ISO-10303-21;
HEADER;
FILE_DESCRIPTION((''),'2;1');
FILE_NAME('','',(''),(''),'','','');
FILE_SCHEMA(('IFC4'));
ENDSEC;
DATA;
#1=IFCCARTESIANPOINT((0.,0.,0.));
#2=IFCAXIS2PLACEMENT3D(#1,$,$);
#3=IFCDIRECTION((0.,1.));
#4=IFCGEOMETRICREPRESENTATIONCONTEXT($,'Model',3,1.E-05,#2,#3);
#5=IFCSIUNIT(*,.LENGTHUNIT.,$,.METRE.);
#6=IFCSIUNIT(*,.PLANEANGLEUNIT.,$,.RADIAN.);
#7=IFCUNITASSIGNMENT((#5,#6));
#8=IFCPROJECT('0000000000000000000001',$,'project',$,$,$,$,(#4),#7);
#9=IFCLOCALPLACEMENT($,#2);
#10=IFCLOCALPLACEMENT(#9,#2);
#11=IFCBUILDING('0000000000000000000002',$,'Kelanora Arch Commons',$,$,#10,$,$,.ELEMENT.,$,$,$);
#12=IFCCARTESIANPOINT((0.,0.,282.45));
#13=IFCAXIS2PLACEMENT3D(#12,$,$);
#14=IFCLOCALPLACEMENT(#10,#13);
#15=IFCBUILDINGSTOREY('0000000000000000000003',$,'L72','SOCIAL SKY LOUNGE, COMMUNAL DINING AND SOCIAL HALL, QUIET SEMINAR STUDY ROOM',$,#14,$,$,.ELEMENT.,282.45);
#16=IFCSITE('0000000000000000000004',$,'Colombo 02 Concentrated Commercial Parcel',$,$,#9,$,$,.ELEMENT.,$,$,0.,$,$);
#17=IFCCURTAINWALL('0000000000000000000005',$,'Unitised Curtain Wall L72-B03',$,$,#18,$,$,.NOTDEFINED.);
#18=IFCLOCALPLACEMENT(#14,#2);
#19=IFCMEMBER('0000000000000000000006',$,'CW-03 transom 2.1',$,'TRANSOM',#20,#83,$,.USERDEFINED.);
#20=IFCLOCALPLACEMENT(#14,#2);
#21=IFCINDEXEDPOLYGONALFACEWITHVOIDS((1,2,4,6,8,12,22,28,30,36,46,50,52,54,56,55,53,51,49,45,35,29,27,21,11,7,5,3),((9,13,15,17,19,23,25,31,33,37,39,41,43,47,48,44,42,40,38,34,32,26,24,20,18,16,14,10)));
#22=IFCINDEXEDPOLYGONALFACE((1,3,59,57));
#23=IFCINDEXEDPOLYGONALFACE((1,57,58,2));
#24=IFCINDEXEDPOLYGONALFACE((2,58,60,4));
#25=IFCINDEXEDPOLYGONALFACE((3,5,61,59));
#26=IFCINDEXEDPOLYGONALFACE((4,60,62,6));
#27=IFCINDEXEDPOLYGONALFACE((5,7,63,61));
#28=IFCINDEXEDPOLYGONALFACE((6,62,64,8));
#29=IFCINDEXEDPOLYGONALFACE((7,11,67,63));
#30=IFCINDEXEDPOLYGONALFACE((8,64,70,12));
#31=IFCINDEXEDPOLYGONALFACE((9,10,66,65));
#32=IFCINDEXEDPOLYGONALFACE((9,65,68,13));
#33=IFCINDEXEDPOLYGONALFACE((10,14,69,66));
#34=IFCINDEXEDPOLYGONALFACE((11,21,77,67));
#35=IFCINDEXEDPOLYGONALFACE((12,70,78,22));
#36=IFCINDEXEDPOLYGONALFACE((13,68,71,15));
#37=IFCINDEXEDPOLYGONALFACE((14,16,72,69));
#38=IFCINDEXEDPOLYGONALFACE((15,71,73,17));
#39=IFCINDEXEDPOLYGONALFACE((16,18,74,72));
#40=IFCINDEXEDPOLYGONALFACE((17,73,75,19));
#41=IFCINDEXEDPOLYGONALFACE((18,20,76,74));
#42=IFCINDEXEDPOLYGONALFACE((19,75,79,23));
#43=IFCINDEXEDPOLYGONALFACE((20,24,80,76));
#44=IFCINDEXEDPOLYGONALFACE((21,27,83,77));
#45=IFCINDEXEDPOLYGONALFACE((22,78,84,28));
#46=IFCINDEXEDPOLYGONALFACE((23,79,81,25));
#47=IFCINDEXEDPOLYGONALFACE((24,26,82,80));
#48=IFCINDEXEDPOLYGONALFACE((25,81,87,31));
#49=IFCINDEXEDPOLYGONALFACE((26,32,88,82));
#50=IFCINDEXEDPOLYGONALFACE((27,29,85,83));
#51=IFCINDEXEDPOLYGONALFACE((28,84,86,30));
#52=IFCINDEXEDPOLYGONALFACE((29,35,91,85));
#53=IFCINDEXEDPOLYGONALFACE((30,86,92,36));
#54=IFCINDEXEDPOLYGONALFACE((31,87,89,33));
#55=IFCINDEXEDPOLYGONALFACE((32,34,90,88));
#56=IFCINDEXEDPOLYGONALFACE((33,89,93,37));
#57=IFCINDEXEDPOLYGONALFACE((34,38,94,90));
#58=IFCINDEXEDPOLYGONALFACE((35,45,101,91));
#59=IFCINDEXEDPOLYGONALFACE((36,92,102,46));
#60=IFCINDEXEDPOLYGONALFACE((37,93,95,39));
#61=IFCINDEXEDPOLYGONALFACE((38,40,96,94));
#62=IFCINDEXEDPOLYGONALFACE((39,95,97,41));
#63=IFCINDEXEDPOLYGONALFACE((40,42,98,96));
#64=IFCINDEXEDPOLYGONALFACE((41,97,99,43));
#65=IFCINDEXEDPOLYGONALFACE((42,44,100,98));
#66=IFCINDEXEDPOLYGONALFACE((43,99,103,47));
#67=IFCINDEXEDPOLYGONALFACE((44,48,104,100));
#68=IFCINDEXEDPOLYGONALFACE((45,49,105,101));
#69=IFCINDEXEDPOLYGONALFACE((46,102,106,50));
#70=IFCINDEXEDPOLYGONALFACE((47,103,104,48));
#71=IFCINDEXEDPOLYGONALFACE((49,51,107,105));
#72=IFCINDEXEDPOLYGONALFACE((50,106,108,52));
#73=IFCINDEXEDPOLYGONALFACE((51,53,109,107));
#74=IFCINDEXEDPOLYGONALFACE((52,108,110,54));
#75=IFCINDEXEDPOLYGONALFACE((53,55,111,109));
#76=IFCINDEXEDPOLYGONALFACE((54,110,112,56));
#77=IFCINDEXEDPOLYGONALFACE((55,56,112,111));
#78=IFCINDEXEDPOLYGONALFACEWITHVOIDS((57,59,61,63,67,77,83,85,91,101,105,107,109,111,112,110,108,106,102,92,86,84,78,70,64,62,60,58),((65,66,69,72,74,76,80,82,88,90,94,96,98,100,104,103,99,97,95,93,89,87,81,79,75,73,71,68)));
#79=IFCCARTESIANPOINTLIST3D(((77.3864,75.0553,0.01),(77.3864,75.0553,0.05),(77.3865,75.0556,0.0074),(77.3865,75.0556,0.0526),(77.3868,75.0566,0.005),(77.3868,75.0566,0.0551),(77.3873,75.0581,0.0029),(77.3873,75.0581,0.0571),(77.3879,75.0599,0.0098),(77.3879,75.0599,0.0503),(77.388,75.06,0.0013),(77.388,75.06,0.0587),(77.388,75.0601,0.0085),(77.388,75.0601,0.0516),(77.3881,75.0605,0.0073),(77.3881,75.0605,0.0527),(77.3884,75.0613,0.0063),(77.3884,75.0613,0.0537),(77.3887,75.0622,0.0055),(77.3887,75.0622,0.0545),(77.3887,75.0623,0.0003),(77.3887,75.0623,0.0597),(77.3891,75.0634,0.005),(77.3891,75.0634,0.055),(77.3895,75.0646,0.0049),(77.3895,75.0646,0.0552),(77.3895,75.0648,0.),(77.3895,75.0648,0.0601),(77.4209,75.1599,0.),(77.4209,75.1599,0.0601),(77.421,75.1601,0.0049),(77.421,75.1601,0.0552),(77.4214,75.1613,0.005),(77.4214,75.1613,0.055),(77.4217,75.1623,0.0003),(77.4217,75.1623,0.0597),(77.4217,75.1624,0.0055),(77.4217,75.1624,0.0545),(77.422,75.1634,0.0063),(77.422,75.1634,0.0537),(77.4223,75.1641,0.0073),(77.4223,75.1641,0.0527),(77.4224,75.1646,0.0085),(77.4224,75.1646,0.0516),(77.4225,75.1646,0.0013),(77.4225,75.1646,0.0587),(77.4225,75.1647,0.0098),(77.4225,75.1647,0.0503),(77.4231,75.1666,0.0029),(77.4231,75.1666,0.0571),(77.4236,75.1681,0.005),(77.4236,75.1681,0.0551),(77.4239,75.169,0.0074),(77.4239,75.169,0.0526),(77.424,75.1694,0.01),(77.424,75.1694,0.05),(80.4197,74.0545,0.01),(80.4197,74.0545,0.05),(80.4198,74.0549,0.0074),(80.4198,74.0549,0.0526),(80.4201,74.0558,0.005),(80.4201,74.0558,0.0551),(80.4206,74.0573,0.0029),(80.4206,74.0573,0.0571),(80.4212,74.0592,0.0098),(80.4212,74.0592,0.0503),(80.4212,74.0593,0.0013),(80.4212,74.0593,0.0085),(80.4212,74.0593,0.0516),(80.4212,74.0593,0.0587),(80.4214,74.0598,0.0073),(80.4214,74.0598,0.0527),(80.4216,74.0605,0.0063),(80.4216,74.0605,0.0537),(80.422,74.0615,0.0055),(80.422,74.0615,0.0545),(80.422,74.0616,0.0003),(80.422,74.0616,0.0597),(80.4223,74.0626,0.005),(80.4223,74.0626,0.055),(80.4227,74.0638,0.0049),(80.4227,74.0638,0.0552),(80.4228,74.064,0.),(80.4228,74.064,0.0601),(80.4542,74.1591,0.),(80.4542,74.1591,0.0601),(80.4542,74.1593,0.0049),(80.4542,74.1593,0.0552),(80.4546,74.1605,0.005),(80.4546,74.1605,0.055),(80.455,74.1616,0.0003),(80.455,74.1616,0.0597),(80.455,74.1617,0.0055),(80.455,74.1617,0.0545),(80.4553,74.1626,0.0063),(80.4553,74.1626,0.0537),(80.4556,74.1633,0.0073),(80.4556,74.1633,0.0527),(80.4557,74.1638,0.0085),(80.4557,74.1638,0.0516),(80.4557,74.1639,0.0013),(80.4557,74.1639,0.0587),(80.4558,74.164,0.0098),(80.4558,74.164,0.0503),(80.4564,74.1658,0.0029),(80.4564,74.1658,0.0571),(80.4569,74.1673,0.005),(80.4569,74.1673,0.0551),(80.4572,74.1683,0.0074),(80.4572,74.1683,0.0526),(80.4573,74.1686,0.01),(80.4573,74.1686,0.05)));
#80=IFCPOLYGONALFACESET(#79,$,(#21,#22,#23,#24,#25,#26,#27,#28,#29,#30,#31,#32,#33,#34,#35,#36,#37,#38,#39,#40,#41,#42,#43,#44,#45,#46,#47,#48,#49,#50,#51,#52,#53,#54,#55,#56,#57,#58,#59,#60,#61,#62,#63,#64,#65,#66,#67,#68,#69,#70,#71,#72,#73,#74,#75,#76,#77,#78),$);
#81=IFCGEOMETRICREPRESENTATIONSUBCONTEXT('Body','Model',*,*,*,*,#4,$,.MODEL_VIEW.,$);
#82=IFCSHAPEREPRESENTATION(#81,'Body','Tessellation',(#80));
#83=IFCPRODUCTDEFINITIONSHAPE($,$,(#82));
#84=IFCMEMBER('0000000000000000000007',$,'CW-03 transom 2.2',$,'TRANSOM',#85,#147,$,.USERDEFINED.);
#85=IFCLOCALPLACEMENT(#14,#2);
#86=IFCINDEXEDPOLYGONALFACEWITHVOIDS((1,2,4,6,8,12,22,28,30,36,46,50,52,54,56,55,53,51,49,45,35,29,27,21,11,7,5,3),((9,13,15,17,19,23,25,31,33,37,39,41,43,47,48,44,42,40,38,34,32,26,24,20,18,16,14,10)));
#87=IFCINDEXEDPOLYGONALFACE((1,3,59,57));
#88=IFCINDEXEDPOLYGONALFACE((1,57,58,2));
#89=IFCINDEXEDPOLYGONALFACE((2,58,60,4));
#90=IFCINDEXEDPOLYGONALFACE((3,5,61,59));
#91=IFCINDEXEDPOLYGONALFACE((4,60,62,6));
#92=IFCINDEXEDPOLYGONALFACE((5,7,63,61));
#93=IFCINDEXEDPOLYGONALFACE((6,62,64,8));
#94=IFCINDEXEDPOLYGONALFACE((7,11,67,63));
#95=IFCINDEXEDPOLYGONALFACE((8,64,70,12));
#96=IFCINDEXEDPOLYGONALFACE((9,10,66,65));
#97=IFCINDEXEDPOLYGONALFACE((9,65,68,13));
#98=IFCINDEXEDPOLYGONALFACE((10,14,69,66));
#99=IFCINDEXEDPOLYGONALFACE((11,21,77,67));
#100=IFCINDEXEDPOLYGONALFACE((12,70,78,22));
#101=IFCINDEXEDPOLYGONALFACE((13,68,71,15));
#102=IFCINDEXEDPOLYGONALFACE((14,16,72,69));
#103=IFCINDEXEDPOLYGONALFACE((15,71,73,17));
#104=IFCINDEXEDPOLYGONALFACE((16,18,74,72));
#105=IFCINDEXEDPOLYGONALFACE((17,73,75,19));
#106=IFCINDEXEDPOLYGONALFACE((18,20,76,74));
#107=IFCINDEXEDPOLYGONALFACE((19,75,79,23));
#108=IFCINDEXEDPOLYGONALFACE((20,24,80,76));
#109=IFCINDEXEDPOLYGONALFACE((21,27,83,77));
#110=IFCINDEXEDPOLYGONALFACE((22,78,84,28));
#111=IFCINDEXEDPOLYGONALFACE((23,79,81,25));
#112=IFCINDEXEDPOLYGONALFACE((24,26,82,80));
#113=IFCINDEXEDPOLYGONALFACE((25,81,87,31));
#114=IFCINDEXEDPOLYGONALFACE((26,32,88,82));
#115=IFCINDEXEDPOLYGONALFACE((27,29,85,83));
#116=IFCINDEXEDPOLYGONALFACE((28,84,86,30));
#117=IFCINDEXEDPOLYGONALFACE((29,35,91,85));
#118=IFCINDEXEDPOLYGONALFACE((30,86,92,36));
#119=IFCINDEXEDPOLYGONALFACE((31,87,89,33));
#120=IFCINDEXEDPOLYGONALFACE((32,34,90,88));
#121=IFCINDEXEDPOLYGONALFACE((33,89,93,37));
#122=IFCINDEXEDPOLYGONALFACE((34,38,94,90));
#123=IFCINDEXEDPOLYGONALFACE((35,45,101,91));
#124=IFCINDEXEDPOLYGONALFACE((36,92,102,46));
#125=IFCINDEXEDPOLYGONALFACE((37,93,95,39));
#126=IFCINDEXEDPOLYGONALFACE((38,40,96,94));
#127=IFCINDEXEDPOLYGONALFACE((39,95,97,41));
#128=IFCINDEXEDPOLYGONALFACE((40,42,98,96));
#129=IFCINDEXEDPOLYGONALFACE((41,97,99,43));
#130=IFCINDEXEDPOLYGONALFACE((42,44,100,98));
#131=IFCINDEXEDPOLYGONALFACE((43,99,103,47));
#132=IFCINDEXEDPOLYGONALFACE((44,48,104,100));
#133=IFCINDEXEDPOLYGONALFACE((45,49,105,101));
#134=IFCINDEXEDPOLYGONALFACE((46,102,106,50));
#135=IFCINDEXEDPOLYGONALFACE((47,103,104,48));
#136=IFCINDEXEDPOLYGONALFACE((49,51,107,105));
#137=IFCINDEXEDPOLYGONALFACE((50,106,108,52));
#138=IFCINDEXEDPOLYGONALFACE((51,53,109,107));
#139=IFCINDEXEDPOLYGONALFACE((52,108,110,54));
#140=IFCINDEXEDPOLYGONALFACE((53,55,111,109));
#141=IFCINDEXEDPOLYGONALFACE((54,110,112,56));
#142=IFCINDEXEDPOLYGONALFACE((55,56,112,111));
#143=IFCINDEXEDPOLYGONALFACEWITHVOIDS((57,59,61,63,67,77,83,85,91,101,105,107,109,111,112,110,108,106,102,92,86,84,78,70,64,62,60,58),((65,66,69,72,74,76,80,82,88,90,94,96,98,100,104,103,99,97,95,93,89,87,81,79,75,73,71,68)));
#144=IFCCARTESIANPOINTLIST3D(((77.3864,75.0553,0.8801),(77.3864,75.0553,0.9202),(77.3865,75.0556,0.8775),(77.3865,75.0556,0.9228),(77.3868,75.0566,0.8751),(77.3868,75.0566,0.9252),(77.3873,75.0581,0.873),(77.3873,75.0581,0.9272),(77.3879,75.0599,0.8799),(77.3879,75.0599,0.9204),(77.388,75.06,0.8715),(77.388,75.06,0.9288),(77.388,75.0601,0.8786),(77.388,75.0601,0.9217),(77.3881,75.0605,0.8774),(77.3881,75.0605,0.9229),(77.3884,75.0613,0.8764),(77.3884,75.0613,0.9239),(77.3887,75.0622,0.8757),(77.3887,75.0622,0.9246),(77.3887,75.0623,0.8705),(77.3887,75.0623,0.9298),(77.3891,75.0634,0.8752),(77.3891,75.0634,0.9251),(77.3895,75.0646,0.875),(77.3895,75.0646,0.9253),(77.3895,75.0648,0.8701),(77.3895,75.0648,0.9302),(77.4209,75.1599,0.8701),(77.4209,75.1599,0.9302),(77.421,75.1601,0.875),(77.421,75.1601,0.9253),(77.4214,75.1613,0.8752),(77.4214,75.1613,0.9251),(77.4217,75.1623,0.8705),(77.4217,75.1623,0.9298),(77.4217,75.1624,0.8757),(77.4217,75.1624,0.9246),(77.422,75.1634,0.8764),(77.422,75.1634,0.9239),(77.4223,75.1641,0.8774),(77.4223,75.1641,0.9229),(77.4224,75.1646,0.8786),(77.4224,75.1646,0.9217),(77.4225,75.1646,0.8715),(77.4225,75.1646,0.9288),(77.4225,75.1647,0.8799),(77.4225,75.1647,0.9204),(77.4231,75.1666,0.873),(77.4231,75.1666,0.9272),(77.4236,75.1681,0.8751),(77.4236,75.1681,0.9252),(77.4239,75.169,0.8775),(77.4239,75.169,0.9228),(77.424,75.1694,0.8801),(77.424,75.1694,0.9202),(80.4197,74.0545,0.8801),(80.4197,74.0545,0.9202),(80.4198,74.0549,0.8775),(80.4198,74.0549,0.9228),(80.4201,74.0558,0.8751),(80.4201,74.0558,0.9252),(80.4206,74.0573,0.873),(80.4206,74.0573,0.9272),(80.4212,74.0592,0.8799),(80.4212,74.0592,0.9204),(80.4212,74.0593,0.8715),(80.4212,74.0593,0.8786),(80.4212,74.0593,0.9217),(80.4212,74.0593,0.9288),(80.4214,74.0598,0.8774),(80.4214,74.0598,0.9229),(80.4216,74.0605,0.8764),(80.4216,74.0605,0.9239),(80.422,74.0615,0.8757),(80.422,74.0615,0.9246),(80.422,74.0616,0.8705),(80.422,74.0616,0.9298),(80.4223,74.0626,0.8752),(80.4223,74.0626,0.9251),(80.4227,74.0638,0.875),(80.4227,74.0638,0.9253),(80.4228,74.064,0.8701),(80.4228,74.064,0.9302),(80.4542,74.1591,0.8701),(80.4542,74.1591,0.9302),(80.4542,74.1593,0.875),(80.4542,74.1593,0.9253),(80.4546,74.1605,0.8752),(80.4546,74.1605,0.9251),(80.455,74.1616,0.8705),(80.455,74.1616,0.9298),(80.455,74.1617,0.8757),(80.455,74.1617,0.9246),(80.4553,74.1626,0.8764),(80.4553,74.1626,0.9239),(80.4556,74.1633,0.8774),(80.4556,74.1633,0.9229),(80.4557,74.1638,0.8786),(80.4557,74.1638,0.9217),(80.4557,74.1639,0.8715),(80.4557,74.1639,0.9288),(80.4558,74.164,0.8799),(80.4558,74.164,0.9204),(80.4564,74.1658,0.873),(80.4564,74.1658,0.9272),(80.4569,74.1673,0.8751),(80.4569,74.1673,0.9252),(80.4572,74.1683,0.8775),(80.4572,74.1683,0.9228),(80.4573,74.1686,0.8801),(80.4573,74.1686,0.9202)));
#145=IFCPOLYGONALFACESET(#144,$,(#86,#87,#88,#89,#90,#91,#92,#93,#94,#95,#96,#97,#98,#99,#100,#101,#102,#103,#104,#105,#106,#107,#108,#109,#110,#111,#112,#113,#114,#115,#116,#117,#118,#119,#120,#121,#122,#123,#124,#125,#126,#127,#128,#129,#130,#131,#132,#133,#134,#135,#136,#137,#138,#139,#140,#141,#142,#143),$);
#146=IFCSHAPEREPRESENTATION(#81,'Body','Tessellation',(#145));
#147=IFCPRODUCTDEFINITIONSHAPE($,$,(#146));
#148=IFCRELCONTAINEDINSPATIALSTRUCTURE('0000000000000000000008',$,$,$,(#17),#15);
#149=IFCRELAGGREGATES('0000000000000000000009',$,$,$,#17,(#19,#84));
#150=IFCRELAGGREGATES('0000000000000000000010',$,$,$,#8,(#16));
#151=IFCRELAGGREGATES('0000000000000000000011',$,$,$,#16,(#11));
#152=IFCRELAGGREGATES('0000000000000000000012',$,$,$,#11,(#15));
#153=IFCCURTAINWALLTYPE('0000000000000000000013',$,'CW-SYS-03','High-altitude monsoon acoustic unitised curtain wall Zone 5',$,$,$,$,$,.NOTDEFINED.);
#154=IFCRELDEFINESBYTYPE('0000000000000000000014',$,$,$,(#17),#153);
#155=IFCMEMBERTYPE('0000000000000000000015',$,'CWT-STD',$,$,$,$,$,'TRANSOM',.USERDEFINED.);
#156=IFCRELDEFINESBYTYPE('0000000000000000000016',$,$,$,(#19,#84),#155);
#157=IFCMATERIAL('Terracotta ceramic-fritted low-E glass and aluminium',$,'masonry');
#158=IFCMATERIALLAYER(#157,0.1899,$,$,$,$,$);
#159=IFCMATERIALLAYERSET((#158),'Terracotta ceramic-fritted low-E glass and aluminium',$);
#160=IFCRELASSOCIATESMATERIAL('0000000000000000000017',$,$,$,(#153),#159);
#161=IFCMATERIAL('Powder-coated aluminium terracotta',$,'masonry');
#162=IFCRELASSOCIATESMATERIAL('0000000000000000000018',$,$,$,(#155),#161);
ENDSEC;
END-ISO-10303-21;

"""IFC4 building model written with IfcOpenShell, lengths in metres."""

from ifc_helpers import new_model, si_unit, direction, frame, origin, origin_2d, place, context, subcontext, project, spatial, hollow_rectangle, extrude, material, layer, layer_set, material_profile, profile_set, type_object, element, aggregate, save


model = new_model("IFC4")

# Units and contexts
model_context = context("Model", 3, precision=1e-05, world=origin(), true_north=direction((0.0, 1.0)))
body_context = subcontext(model_context, "Body", "Model", "MODEL_VIEW")
ifc_project = project(units=[si_unit("LENGTHUNIT", "METRE"), si_unit("PLANEANGLEUNIT", "RADIAN")], contexts=[model_context])

# Site, building, storey
site_placement = place(None, origin())
site = spatial("IfcSite", under=ifc_project, at=site_placement, Name="Colombo 02 Concentrated Commercial Parcel", CompositionType="ELEMENT", RefElevation=0.0)
building_placement = place(site_placement, origin())
building = spatial("IfcBuilding", under=site, at=building_placement, Name="Kelanora Arch Commons", CompositionType="ELEMENT")
storey_placement = place(building_placement, frame((0.0, 0.0, 282.45)))
storey = spatial("IfcBuildingStorey", under=building, at=storey_placement, Name="L72", Description="SOCIAL SKY LOUNGE, COMMUNAL DINING AND SOCIAL HALL, QUIET SEMINAR STUDY ROOM", CompositionType="ELEMENT", Elevation=282.45)

# Curtain wall, members
ifc_material_1 = material(Name="Terracotta ceramic-fritted low-E glass and aluminium", Category="masonry")
ifc_layer_1 = layer(ifc_material_1, 0.1899)
ifc_layer_set_1 = layer_set([ifc_layer_1], Name="Terracotta ceramic-fritted low-E glass and aluminium")
curtain_wall_type = type_object("IfcCurtainWallType", Name="CW-SYS-03", Description="High-altitude monsoon acoustic unitised curtain wall Zone 5", PredefinedType="NOTDEFINED", material=ifc_layer_set_1)
curtain_wall_placement = place(storey_placement, origin())
curtain_wall = element("IfcCurtainWall", 1, at=curtain_wall_placement, inside=storey, type_object=curtain_wall_type, Name="Unitised Curtain Wall L72-B03", PredefinedType="NOTDEFINED")
ifc_material_2 = material(Name="Powder-coated aluminium terracotta", Category="masonry")
ifc_material_profile_1 = material_profile(ifc_material_2, hollow_rectangle(XDim=0.1201, YDim=0.0601, WallThickness=0.0049, InnerFilletRadius=0.0049, OuterFilletRadius=0.01, at=origin_2d()), Name="CWT120x60")
ifc_profile_set_1 = profile_set([ifc_material_profile_1], Name="Powder-coated aluminium terracotta")
member_type_1 = type_object("IfcMemberType", Name="CWT-STD", ElementType="TRANSOM", PredefinedType="USERDEFINED", material=ifc_profile_set_1)
member_1_placement = place(storey_placement, frame((80.4385, 74.1116, 0.03), z_axis=(-0.94965, 0.313314, 0.0), x_axis=(-0.313314, -0.94965, 0.0)))
member_1 = element("IfcMember", 2, at=member_1_placement, type_object=member_type_1, Name="CW-03 transom 2.1", ObjectType="TRANSOM", PredefinedType="USERDEFINED", context=body_context, shape_type="SweptSolid", body=[
    extrude(hollow_rectangle(XDim=0.1201, YDim=0.0601, WallThickness=0.0049, InnerFilletRadius=0.0049, OuterFilletRadius=0.01, at=origin_2d()), origin(), (0.0, 0.0, 1.0), 3.1941),
])
member_2_placement = place(storey_placement, frame((80.4385, 74.1116, 0.9001), z_axis=(-0.94965, 0.313314, 0.0), x_axis=(-0.313314, -0.94965, 0.0)))
member_2 = element("IfcMember", 3, at=member_2_placement, type_object=member_type_1, Name="CW-03 transom 2.2", ObjectType="TRANSOM", PredefinedType="USERDEFINED", context=body_context, shape_type="SweptSolid", body=[
    extrude(hollow_rectangle(XDim=0.1201, YDim=0.0601, WallThickness=0.0049, InnerFilletRadius=0.0049, OuterFilletRadius=0.01, at=origin_2d()), origin(), (0.0, 0.0, 1.0), 3.1941),
])
aggregate(curtain_wall, [member_1, member_2])

save(model, "model.ifc")
